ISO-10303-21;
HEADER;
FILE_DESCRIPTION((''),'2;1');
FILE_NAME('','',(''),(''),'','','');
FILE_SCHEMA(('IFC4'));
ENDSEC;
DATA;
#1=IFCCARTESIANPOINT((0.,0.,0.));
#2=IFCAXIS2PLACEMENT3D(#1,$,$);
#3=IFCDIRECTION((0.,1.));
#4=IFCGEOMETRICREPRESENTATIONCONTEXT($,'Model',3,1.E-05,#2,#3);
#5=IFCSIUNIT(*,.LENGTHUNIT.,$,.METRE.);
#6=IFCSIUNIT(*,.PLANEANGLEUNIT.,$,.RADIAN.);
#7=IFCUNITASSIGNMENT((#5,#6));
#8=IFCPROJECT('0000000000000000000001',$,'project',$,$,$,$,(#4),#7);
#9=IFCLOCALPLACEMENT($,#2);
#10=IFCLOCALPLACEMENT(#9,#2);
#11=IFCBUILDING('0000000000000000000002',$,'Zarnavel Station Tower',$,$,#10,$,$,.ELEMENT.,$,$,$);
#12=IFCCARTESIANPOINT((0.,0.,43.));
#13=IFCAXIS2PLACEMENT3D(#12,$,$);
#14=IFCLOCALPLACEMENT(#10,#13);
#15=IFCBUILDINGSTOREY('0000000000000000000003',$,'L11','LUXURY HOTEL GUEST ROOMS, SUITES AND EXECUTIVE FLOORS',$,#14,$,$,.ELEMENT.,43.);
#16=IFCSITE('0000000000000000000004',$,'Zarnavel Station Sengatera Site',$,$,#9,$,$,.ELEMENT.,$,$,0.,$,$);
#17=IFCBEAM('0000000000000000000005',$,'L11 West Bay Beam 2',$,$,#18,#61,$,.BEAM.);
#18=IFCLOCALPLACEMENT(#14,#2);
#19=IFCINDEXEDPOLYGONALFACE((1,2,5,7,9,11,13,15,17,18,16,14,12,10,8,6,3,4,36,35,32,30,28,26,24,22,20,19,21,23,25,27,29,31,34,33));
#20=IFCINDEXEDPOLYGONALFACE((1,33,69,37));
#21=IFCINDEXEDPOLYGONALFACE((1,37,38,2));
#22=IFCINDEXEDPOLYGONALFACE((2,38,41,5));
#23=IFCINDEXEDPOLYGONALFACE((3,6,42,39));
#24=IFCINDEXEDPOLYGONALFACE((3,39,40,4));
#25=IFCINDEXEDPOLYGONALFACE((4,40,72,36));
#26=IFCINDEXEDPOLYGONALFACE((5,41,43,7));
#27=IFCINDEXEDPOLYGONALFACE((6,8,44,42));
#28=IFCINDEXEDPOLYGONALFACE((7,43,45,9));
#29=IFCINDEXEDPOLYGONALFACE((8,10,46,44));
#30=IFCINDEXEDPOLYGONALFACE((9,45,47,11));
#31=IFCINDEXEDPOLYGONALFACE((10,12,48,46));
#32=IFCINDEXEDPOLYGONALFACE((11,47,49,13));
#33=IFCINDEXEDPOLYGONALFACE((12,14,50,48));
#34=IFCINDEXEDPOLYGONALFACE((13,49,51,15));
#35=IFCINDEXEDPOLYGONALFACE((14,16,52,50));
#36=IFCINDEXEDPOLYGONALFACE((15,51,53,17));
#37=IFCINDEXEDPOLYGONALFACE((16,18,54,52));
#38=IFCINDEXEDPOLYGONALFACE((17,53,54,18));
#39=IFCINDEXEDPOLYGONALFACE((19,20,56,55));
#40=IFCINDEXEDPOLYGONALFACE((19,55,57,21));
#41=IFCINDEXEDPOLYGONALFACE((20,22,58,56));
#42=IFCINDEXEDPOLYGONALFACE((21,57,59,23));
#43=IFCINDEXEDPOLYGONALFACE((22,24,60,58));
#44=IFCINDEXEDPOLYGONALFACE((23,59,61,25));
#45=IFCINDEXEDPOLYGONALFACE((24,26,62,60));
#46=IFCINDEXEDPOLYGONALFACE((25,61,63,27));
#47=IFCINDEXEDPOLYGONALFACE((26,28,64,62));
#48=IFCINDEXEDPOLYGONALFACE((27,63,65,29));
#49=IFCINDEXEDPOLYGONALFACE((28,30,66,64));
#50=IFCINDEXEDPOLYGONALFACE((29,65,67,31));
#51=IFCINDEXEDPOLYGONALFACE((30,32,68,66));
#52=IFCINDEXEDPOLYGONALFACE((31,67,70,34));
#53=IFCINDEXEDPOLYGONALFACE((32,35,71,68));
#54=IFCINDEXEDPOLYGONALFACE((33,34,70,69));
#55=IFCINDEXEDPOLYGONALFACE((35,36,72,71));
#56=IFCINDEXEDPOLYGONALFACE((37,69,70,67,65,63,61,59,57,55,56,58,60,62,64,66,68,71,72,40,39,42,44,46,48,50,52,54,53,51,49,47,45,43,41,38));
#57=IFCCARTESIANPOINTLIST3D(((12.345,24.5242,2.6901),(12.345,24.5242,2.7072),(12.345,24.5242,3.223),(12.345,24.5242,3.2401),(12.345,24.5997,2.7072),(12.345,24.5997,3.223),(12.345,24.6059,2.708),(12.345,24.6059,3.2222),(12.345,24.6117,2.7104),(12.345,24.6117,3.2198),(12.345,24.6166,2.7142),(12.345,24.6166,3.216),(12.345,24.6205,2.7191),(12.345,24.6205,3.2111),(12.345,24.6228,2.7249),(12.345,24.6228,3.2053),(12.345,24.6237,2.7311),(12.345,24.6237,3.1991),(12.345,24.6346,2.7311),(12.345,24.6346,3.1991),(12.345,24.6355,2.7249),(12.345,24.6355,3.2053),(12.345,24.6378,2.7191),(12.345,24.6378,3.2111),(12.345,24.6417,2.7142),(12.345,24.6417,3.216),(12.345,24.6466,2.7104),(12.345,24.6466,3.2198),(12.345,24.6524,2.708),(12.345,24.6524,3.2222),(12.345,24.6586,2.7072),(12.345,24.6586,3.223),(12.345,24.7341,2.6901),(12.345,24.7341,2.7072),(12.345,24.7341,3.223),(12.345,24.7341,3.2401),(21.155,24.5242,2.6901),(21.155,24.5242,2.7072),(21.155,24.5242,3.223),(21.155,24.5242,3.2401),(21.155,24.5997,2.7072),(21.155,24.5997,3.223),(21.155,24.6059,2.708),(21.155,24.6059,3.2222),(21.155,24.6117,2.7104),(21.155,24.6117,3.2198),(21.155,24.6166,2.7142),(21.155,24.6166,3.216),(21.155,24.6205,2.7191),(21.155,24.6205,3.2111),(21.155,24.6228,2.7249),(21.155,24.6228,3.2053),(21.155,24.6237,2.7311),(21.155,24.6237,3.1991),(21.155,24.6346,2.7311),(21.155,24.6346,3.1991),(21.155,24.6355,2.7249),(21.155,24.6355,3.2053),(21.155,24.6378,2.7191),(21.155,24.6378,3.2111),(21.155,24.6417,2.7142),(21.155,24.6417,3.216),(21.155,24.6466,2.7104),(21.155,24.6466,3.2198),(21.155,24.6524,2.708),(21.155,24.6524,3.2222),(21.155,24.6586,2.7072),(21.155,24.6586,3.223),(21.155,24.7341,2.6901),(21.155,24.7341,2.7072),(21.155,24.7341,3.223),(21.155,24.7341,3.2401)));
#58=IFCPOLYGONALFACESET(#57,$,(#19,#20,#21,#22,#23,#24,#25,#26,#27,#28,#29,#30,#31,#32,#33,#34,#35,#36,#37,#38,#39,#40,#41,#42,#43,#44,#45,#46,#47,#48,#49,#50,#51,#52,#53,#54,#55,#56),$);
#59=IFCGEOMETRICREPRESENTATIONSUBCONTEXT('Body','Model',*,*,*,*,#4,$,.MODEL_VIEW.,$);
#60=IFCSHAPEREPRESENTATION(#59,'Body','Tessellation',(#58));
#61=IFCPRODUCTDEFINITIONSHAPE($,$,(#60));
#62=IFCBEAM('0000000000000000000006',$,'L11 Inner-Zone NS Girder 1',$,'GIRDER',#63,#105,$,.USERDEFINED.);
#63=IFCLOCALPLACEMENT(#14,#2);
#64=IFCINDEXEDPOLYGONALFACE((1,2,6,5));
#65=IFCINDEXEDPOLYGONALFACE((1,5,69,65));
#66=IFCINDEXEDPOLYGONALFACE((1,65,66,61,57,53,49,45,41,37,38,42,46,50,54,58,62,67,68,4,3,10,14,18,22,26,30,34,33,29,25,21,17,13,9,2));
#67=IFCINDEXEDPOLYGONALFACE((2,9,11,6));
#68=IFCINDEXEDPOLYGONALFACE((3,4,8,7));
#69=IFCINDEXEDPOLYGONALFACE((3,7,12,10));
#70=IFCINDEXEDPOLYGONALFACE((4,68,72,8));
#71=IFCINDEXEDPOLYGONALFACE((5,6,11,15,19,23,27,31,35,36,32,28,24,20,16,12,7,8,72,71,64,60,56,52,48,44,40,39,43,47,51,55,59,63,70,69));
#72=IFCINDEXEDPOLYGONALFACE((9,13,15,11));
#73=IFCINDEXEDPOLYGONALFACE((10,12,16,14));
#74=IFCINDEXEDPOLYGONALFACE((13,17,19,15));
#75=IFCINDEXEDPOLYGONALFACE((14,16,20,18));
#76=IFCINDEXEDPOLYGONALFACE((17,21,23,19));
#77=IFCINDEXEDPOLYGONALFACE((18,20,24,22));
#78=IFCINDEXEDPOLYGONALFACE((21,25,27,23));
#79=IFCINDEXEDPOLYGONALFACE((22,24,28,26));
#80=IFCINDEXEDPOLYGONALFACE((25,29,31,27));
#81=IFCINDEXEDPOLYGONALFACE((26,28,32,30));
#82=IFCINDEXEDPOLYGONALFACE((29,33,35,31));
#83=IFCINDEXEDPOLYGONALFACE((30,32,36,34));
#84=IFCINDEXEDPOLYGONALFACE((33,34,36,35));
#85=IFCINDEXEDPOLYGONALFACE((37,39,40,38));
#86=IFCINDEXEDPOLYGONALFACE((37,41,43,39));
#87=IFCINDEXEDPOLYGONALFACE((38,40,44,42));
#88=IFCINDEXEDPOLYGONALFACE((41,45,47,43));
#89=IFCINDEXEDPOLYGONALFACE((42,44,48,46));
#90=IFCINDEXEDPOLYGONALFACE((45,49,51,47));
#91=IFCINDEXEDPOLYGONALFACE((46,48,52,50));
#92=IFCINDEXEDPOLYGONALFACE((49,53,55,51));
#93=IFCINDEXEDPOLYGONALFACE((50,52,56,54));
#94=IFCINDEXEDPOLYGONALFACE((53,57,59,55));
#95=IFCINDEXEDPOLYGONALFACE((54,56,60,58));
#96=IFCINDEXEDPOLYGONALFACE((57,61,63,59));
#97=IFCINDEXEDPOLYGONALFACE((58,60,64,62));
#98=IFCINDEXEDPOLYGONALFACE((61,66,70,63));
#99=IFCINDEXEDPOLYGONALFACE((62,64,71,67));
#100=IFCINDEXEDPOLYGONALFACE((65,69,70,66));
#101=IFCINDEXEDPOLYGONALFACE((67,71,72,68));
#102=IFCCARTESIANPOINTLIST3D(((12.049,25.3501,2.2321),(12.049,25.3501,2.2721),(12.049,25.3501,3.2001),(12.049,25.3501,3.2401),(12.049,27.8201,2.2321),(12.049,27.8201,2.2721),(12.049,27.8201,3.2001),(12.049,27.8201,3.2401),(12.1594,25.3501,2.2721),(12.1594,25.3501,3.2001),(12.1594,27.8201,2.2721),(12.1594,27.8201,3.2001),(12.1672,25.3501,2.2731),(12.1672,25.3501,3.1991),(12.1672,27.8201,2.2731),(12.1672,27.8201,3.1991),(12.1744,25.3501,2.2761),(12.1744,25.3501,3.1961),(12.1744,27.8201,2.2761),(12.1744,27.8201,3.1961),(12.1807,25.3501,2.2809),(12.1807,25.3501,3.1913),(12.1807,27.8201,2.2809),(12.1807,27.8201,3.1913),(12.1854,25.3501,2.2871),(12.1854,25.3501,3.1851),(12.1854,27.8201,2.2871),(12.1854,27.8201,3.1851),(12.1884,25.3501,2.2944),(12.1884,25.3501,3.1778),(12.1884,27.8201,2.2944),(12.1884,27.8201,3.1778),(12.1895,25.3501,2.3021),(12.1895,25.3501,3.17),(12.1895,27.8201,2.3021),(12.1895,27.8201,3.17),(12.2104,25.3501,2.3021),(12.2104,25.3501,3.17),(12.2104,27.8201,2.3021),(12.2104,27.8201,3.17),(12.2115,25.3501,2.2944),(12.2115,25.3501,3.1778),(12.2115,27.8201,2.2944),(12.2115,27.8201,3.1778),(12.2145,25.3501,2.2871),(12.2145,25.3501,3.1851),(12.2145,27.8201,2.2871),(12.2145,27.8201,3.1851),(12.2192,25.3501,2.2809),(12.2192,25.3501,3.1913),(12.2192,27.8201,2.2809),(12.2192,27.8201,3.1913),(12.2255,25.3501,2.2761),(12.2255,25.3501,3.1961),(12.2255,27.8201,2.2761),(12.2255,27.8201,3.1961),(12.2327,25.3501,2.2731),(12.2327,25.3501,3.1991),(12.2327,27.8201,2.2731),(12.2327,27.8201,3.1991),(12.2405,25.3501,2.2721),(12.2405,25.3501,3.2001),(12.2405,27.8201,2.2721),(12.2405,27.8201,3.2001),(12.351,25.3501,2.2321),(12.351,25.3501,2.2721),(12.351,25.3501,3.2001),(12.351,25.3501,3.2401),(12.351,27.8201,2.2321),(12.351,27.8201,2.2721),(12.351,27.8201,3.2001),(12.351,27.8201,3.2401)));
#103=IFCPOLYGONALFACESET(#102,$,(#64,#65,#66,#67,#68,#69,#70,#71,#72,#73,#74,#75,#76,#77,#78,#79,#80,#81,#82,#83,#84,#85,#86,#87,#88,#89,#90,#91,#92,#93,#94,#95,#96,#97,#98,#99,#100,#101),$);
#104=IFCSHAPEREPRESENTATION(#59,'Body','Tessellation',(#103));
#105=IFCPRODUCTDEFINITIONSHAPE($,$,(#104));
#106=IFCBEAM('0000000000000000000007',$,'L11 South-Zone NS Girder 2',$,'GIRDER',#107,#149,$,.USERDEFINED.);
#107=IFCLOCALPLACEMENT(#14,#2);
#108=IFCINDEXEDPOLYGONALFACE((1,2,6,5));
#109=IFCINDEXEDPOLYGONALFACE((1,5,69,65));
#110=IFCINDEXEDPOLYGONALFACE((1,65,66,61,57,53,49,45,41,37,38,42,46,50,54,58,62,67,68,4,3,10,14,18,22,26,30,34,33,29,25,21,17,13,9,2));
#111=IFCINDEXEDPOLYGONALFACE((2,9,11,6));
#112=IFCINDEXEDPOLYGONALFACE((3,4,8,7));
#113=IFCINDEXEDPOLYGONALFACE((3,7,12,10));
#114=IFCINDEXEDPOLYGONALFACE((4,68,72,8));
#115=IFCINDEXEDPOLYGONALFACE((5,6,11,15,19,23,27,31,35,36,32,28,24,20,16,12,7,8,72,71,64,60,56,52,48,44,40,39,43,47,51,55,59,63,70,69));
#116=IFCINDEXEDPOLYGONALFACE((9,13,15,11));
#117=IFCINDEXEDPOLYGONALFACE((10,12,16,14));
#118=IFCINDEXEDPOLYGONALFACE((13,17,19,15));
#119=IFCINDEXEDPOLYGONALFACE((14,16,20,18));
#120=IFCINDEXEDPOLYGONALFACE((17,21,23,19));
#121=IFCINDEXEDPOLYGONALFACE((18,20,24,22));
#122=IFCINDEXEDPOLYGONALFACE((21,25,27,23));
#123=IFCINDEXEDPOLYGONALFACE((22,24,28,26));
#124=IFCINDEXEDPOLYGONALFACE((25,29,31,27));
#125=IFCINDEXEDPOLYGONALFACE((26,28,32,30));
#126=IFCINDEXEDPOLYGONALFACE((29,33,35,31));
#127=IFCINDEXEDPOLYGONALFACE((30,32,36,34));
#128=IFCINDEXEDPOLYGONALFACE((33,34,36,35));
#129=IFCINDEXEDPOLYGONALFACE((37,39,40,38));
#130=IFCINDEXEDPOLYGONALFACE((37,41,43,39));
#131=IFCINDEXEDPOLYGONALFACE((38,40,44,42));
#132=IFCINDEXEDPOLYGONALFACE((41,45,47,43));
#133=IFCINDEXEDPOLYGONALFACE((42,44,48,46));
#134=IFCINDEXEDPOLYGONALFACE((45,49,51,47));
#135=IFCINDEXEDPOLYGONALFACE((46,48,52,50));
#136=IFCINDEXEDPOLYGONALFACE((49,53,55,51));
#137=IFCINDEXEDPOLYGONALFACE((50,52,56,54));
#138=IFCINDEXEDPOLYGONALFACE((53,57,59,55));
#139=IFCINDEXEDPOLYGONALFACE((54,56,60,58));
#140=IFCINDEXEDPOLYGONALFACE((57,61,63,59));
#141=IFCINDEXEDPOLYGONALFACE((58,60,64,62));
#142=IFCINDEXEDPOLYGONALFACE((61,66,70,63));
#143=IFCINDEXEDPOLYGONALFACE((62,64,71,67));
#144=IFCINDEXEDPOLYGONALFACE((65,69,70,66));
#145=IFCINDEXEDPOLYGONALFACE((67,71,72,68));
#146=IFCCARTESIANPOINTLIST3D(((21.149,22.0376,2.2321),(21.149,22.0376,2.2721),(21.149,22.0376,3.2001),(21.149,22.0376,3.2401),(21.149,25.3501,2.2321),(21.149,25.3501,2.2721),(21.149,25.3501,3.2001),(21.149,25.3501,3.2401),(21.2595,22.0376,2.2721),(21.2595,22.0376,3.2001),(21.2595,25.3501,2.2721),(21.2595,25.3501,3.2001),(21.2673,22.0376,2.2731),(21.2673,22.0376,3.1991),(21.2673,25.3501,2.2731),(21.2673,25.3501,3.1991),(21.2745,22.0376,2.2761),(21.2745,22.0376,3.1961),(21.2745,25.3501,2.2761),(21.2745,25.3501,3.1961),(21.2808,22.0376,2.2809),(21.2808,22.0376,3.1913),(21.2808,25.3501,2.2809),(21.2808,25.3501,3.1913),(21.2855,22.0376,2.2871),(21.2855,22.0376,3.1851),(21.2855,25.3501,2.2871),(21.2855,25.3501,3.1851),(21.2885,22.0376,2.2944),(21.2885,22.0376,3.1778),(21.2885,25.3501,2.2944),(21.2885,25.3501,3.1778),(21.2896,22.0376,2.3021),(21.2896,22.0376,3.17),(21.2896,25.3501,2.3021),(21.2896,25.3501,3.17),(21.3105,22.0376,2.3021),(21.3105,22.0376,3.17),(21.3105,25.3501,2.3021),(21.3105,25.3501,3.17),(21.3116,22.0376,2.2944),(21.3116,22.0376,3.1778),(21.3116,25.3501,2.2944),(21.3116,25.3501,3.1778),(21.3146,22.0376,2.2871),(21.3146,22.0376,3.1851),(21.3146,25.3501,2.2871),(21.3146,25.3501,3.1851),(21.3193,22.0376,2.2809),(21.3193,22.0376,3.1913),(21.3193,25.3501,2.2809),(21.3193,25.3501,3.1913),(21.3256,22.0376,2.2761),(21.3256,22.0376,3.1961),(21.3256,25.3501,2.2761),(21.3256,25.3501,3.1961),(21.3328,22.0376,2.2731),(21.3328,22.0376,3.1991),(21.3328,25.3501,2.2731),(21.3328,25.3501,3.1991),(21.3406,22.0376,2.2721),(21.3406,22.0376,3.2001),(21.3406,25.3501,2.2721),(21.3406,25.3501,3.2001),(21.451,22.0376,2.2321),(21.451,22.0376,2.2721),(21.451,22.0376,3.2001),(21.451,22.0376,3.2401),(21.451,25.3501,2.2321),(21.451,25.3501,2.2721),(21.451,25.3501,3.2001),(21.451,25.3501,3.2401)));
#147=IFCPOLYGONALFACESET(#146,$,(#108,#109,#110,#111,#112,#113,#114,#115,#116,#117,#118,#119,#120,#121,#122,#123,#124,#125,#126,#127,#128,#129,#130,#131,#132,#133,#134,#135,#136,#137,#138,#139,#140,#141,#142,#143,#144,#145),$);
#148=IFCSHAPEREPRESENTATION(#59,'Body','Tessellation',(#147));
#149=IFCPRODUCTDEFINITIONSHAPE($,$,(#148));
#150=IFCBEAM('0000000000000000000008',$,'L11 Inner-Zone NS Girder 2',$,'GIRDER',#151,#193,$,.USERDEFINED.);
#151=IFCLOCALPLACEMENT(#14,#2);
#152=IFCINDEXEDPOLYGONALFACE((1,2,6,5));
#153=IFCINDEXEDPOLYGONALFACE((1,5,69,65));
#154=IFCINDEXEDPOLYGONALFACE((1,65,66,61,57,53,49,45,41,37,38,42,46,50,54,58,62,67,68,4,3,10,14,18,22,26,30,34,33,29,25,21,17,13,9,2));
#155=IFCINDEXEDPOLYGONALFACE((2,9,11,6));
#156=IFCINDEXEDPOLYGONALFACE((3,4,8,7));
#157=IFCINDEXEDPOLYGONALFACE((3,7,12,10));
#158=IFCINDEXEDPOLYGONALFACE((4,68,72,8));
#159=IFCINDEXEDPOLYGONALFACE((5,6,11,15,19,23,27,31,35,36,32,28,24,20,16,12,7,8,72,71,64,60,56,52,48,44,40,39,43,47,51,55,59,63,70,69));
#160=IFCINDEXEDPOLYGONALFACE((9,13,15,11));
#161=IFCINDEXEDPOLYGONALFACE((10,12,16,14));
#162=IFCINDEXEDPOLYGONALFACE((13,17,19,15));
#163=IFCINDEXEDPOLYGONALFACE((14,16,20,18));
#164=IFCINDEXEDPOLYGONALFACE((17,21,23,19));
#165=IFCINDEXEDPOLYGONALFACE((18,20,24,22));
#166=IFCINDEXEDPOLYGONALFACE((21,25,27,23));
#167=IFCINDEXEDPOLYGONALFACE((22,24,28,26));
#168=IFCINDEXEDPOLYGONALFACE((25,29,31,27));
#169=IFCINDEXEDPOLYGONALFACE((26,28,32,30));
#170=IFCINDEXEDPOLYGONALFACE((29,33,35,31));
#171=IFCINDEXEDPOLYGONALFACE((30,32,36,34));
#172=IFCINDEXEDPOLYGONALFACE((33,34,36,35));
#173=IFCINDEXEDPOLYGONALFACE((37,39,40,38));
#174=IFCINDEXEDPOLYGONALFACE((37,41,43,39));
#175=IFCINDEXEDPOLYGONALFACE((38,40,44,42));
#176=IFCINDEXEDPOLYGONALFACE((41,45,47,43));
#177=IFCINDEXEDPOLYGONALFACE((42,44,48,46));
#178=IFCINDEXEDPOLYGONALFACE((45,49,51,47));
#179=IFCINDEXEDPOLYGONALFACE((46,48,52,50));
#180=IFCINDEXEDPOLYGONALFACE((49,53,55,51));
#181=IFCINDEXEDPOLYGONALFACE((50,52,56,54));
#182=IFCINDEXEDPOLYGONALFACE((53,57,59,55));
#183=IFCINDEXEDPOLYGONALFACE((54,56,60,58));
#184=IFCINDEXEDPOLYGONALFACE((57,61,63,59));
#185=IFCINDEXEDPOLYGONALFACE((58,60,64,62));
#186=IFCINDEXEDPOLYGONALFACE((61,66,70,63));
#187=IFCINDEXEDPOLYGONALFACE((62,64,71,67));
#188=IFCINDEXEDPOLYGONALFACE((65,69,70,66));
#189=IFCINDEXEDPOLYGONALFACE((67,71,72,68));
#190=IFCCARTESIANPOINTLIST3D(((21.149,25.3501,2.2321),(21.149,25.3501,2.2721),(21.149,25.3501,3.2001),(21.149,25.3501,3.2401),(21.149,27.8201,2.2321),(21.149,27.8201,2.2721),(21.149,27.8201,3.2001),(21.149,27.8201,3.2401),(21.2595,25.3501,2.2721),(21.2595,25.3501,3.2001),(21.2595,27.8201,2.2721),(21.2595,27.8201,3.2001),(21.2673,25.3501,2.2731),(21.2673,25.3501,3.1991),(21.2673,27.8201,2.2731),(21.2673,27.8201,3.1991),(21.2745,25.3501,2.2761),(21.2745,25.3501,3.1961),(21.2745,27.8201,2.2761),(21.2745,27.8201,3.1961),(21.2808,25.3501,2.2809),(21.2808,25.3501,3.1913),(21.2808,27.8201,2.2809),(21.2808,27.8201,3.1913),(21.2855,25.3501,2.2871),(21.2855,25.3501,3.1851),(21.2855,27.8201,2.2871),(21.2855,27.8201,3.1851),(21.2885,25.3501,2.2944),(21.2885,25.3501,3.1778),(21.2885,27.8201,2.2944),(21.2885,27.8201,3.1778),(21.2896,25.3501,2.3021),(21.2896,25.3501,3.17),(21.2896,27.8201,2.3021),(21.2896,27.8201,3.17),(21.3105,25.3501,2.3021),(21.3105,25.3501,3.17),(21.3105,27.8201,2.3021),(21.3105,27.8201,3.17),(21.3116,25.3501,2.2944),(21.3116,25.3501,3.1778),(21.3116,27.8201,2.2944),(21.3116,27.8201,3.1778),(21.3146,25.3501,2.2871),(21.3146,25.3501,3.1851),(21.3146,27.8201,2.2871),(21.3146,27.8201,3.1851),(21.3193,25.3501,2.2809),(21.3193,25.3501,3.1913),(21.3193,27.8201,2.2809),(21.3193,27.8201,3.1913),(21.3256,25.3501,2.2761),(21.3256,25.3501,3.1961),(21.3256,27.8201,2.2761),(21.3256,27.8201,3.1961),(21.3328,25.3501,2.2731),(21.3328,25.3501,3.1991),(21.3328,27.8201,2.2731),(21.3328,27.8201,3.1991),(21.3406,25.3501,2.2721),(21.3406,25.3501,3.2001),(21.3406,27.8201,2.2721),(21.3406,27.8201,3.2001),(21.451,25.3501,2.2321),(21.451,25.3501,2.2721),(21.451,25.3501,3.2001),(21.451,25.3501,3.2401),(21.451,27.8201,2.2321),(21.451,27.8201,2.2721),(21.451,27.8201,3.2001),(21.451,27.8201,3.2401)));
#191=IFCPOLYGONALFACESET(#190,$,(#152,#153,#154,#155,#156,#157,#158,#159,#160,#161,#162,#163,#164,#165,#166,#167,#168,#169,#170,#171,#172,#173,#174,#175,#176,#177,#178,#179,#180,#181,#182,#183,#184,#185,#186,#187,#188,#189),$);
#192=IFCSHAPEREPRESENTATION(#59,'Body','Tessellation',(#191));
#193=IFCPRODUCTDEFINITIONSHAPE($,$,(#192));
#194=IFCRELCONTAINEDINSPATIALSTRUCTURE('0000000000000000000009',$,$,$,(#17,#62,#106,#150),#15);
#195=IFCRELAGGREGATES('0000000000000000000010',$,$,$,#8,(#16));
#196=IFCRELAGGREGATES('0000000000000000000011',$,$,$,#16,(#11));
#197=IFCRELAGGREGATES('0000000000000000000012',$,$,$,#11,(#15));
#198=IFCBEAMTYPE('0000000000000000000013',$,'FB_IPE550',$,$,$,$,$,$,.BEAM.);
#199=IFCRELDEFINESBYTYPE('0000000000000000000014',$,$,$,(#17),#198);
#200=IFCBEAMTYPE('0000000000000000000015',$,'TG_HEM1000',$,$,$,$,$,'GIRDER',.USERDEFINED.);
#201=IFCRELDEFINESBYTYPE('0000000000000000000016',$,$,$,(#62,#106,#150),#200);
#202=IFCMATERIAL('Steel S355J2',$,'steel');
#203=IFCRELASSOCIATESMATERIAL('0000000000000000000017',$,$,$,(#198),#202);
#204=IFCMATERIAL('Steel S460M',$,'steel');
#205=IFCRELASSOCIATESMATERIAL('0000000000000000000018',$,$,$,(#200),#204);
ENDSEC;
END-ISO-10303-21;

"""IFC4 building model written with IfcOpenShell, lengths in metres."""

from ifc_helpers import new_model, si_unit, direction, frame, origin, origin_2d, place, context, subcontext, project, spatial, i_section, extrude, material, material_profile, profile_set, type_object, element, save


model = new_model("IFC4")

# Units and contexts
model_context = context("Model", 3, precision=1e-05, world=origin(), true_north=direction((0.0, 1.0)))
body_context = subcontext(model_context, "Body", "Model", "MODEL_VIEW")
ifc_project = project(units=[si_unit("LENGTHUNIT", "METRE"), si_unit("PLANEANGLEUNIT", "RADIAN")], contexts=[model_context])

# Site, building, storey
site_placement = place(None, origin())
site = spatial("IfcSite", under=ifc_project, at=site_placement, Name="Zarnavel Station Sengatera Site", CompositionType="ELEMENT", RefElevation=0.0)
building_placement = place(site_placement, origin())
building = spatial("IfcBuilding", under=site, at=building_placement, Name="Zarnavel Station Tower", CompositionType="ELEMENT")
storey_placement = place(building_placement, frame((0.0, 0.0, 43.0)))
storey = spatial("IfcBuildingStorey", under=building, at=storey_placement, Name="L11", Description="LUXURY HOTEL GUEST ROOMS, SUITES AND EXECUTIVE FLOORS", CompositionType="ELEMENT", Elevation=43.0)

# Beams
ifc_material_1 = material(Name="Steel S355J2", Category="steel")
ifc_material_profile_1 = material_profile(ifc_material_1, i_section(OverallWidth=0.21, OverallDepth=0.55, WebThickness=0.011, FlangeThickness=0.0171, FilletRadius=0.0239, at=origin_2d()), Name="IPE550")
ifc_profile_set_1 = profile_set([ifc_material_profile_1], Name="Steel S355J2")
beam_type_1 = type_object("IfcBeamType", Name="FB_IPE550", PredefinedType="BEAM", material=ifc_profile_set_1)
beam_1_placement = place(storey_placement, frame((12.345, 24.6292, 2.9651), z_axis=(1.0, 0.0, 0.0), x_axis=(0.0, 1.0, 0.0)))
element("IfcBeam", 1, at=beam_1_placement, inside=storey, type_object=beam_type_1, Name="L11 West Bay Beam 2", PredefinedType="BEAM", context=body_context, shape_type="SweptSolid", body=[
    extrude(i_section(OverallWidth=0.21, OverallDepth=0.55, WebThickness=0.011, FlangeThickness=0.0171, FilletRadius=0.0239, at=origin_2d()), origin(), (0.0, 0.0, 1.0), 8.8101),
])
ifc_material_2 = material(Name="Steel S460M", Category="steel")
ifc_material_profile_2 = material_profile(ifc_material_2, i_section(OverallWidth=0.302, OverallDepth=1.0081, WebThickness=0.021, FlangeThickness=0.04, FilletRadius=0.03, at=origin_2d()), Name="HEM1000")
ifc_profile_set_2 = profile_set([ifc_material_profile_2], Name="Steel S460M")
beam_type_2 = type_object("IfcBeamType", Name="TG_HEM1000", ElementType="GIRDER", PredefinedType="USERDEFINED", material=ifc_profile_set_2)
beam_2_placement = place(storey_placement, frame((12.2, 25.3501, 2.7361), z_axis=(0.0, 1.0, 0.0), x_axis=(-1.0, 0.0, 0.0)))
element("IfcBeam", 2, at=beam_2_placement, inside=storey, type_object=beam_type_2, Name="L11 Inner-Zone NS Girder 1", ObjectType="GIRDER", PredefinedType="USERDEFINED", context=body_context, shape_type="SweptSolid", body=[
    extrude(i_section(OverallWidth=0.302, OverallDepth=1.0081, WebThickness=0.021, FlangeThickness=0.04, FilletRadius=0.03, at=origin_2d()), origin(), (0.0, 0.0, 1.0), 2.47),
])
beam_3_placement = place(storey_placement, frame((21.3, 22.0376, 2.7361), z_axis=(0.0, 1.0, 0.0), x_axis=(-1.0, 0.0, 0.0)))
element("IfcBeam", 3, at=beam_3_placement, inside=storey, type_object=beam_type_2, Name="L11 South-Zone NS Girder 2", ObjectType="GIRDER", PredefinedType="USERDEFINED", context=body_context, shape_type="SweptSolid", body=[
    extrude(i_section(OverallWidth=0.302, OverallDepth=1.0081, WebThickness=0.021, FlangeThickness=0.04, FilletRadius=0.03, at=origin_2d()), origin(), (0.0, 0.0, 1.0), 3.3125),
])
beam_4_placement = place(storey_placement, frame((21.3, 25.3501, 2.7361), z_axis=(0.0, 1.0, 0.0), x_axis=(-1.0, 0.0, 0.0)))
element("IfcBeam", 4, at=beam_4_placement, inside=storey, type_object=beam_type_2, Name="L11 Inner-Zone NS Girder 2", ObjectType="GIRDER", PredefinedType="USERDEFINED", context=body_context, shape_type="SweptSolid", body=[
    extrude(i_section(OverallWidth=0.302, OverallDepth=1.0081, WebThickness=0.021, FlangeThickness=0.04, FilletRadius=0.03, at=origin_2d()), origin(), (0.0, 0.0, 1.0), 2.47),
])

save(model, "model.ifc")
